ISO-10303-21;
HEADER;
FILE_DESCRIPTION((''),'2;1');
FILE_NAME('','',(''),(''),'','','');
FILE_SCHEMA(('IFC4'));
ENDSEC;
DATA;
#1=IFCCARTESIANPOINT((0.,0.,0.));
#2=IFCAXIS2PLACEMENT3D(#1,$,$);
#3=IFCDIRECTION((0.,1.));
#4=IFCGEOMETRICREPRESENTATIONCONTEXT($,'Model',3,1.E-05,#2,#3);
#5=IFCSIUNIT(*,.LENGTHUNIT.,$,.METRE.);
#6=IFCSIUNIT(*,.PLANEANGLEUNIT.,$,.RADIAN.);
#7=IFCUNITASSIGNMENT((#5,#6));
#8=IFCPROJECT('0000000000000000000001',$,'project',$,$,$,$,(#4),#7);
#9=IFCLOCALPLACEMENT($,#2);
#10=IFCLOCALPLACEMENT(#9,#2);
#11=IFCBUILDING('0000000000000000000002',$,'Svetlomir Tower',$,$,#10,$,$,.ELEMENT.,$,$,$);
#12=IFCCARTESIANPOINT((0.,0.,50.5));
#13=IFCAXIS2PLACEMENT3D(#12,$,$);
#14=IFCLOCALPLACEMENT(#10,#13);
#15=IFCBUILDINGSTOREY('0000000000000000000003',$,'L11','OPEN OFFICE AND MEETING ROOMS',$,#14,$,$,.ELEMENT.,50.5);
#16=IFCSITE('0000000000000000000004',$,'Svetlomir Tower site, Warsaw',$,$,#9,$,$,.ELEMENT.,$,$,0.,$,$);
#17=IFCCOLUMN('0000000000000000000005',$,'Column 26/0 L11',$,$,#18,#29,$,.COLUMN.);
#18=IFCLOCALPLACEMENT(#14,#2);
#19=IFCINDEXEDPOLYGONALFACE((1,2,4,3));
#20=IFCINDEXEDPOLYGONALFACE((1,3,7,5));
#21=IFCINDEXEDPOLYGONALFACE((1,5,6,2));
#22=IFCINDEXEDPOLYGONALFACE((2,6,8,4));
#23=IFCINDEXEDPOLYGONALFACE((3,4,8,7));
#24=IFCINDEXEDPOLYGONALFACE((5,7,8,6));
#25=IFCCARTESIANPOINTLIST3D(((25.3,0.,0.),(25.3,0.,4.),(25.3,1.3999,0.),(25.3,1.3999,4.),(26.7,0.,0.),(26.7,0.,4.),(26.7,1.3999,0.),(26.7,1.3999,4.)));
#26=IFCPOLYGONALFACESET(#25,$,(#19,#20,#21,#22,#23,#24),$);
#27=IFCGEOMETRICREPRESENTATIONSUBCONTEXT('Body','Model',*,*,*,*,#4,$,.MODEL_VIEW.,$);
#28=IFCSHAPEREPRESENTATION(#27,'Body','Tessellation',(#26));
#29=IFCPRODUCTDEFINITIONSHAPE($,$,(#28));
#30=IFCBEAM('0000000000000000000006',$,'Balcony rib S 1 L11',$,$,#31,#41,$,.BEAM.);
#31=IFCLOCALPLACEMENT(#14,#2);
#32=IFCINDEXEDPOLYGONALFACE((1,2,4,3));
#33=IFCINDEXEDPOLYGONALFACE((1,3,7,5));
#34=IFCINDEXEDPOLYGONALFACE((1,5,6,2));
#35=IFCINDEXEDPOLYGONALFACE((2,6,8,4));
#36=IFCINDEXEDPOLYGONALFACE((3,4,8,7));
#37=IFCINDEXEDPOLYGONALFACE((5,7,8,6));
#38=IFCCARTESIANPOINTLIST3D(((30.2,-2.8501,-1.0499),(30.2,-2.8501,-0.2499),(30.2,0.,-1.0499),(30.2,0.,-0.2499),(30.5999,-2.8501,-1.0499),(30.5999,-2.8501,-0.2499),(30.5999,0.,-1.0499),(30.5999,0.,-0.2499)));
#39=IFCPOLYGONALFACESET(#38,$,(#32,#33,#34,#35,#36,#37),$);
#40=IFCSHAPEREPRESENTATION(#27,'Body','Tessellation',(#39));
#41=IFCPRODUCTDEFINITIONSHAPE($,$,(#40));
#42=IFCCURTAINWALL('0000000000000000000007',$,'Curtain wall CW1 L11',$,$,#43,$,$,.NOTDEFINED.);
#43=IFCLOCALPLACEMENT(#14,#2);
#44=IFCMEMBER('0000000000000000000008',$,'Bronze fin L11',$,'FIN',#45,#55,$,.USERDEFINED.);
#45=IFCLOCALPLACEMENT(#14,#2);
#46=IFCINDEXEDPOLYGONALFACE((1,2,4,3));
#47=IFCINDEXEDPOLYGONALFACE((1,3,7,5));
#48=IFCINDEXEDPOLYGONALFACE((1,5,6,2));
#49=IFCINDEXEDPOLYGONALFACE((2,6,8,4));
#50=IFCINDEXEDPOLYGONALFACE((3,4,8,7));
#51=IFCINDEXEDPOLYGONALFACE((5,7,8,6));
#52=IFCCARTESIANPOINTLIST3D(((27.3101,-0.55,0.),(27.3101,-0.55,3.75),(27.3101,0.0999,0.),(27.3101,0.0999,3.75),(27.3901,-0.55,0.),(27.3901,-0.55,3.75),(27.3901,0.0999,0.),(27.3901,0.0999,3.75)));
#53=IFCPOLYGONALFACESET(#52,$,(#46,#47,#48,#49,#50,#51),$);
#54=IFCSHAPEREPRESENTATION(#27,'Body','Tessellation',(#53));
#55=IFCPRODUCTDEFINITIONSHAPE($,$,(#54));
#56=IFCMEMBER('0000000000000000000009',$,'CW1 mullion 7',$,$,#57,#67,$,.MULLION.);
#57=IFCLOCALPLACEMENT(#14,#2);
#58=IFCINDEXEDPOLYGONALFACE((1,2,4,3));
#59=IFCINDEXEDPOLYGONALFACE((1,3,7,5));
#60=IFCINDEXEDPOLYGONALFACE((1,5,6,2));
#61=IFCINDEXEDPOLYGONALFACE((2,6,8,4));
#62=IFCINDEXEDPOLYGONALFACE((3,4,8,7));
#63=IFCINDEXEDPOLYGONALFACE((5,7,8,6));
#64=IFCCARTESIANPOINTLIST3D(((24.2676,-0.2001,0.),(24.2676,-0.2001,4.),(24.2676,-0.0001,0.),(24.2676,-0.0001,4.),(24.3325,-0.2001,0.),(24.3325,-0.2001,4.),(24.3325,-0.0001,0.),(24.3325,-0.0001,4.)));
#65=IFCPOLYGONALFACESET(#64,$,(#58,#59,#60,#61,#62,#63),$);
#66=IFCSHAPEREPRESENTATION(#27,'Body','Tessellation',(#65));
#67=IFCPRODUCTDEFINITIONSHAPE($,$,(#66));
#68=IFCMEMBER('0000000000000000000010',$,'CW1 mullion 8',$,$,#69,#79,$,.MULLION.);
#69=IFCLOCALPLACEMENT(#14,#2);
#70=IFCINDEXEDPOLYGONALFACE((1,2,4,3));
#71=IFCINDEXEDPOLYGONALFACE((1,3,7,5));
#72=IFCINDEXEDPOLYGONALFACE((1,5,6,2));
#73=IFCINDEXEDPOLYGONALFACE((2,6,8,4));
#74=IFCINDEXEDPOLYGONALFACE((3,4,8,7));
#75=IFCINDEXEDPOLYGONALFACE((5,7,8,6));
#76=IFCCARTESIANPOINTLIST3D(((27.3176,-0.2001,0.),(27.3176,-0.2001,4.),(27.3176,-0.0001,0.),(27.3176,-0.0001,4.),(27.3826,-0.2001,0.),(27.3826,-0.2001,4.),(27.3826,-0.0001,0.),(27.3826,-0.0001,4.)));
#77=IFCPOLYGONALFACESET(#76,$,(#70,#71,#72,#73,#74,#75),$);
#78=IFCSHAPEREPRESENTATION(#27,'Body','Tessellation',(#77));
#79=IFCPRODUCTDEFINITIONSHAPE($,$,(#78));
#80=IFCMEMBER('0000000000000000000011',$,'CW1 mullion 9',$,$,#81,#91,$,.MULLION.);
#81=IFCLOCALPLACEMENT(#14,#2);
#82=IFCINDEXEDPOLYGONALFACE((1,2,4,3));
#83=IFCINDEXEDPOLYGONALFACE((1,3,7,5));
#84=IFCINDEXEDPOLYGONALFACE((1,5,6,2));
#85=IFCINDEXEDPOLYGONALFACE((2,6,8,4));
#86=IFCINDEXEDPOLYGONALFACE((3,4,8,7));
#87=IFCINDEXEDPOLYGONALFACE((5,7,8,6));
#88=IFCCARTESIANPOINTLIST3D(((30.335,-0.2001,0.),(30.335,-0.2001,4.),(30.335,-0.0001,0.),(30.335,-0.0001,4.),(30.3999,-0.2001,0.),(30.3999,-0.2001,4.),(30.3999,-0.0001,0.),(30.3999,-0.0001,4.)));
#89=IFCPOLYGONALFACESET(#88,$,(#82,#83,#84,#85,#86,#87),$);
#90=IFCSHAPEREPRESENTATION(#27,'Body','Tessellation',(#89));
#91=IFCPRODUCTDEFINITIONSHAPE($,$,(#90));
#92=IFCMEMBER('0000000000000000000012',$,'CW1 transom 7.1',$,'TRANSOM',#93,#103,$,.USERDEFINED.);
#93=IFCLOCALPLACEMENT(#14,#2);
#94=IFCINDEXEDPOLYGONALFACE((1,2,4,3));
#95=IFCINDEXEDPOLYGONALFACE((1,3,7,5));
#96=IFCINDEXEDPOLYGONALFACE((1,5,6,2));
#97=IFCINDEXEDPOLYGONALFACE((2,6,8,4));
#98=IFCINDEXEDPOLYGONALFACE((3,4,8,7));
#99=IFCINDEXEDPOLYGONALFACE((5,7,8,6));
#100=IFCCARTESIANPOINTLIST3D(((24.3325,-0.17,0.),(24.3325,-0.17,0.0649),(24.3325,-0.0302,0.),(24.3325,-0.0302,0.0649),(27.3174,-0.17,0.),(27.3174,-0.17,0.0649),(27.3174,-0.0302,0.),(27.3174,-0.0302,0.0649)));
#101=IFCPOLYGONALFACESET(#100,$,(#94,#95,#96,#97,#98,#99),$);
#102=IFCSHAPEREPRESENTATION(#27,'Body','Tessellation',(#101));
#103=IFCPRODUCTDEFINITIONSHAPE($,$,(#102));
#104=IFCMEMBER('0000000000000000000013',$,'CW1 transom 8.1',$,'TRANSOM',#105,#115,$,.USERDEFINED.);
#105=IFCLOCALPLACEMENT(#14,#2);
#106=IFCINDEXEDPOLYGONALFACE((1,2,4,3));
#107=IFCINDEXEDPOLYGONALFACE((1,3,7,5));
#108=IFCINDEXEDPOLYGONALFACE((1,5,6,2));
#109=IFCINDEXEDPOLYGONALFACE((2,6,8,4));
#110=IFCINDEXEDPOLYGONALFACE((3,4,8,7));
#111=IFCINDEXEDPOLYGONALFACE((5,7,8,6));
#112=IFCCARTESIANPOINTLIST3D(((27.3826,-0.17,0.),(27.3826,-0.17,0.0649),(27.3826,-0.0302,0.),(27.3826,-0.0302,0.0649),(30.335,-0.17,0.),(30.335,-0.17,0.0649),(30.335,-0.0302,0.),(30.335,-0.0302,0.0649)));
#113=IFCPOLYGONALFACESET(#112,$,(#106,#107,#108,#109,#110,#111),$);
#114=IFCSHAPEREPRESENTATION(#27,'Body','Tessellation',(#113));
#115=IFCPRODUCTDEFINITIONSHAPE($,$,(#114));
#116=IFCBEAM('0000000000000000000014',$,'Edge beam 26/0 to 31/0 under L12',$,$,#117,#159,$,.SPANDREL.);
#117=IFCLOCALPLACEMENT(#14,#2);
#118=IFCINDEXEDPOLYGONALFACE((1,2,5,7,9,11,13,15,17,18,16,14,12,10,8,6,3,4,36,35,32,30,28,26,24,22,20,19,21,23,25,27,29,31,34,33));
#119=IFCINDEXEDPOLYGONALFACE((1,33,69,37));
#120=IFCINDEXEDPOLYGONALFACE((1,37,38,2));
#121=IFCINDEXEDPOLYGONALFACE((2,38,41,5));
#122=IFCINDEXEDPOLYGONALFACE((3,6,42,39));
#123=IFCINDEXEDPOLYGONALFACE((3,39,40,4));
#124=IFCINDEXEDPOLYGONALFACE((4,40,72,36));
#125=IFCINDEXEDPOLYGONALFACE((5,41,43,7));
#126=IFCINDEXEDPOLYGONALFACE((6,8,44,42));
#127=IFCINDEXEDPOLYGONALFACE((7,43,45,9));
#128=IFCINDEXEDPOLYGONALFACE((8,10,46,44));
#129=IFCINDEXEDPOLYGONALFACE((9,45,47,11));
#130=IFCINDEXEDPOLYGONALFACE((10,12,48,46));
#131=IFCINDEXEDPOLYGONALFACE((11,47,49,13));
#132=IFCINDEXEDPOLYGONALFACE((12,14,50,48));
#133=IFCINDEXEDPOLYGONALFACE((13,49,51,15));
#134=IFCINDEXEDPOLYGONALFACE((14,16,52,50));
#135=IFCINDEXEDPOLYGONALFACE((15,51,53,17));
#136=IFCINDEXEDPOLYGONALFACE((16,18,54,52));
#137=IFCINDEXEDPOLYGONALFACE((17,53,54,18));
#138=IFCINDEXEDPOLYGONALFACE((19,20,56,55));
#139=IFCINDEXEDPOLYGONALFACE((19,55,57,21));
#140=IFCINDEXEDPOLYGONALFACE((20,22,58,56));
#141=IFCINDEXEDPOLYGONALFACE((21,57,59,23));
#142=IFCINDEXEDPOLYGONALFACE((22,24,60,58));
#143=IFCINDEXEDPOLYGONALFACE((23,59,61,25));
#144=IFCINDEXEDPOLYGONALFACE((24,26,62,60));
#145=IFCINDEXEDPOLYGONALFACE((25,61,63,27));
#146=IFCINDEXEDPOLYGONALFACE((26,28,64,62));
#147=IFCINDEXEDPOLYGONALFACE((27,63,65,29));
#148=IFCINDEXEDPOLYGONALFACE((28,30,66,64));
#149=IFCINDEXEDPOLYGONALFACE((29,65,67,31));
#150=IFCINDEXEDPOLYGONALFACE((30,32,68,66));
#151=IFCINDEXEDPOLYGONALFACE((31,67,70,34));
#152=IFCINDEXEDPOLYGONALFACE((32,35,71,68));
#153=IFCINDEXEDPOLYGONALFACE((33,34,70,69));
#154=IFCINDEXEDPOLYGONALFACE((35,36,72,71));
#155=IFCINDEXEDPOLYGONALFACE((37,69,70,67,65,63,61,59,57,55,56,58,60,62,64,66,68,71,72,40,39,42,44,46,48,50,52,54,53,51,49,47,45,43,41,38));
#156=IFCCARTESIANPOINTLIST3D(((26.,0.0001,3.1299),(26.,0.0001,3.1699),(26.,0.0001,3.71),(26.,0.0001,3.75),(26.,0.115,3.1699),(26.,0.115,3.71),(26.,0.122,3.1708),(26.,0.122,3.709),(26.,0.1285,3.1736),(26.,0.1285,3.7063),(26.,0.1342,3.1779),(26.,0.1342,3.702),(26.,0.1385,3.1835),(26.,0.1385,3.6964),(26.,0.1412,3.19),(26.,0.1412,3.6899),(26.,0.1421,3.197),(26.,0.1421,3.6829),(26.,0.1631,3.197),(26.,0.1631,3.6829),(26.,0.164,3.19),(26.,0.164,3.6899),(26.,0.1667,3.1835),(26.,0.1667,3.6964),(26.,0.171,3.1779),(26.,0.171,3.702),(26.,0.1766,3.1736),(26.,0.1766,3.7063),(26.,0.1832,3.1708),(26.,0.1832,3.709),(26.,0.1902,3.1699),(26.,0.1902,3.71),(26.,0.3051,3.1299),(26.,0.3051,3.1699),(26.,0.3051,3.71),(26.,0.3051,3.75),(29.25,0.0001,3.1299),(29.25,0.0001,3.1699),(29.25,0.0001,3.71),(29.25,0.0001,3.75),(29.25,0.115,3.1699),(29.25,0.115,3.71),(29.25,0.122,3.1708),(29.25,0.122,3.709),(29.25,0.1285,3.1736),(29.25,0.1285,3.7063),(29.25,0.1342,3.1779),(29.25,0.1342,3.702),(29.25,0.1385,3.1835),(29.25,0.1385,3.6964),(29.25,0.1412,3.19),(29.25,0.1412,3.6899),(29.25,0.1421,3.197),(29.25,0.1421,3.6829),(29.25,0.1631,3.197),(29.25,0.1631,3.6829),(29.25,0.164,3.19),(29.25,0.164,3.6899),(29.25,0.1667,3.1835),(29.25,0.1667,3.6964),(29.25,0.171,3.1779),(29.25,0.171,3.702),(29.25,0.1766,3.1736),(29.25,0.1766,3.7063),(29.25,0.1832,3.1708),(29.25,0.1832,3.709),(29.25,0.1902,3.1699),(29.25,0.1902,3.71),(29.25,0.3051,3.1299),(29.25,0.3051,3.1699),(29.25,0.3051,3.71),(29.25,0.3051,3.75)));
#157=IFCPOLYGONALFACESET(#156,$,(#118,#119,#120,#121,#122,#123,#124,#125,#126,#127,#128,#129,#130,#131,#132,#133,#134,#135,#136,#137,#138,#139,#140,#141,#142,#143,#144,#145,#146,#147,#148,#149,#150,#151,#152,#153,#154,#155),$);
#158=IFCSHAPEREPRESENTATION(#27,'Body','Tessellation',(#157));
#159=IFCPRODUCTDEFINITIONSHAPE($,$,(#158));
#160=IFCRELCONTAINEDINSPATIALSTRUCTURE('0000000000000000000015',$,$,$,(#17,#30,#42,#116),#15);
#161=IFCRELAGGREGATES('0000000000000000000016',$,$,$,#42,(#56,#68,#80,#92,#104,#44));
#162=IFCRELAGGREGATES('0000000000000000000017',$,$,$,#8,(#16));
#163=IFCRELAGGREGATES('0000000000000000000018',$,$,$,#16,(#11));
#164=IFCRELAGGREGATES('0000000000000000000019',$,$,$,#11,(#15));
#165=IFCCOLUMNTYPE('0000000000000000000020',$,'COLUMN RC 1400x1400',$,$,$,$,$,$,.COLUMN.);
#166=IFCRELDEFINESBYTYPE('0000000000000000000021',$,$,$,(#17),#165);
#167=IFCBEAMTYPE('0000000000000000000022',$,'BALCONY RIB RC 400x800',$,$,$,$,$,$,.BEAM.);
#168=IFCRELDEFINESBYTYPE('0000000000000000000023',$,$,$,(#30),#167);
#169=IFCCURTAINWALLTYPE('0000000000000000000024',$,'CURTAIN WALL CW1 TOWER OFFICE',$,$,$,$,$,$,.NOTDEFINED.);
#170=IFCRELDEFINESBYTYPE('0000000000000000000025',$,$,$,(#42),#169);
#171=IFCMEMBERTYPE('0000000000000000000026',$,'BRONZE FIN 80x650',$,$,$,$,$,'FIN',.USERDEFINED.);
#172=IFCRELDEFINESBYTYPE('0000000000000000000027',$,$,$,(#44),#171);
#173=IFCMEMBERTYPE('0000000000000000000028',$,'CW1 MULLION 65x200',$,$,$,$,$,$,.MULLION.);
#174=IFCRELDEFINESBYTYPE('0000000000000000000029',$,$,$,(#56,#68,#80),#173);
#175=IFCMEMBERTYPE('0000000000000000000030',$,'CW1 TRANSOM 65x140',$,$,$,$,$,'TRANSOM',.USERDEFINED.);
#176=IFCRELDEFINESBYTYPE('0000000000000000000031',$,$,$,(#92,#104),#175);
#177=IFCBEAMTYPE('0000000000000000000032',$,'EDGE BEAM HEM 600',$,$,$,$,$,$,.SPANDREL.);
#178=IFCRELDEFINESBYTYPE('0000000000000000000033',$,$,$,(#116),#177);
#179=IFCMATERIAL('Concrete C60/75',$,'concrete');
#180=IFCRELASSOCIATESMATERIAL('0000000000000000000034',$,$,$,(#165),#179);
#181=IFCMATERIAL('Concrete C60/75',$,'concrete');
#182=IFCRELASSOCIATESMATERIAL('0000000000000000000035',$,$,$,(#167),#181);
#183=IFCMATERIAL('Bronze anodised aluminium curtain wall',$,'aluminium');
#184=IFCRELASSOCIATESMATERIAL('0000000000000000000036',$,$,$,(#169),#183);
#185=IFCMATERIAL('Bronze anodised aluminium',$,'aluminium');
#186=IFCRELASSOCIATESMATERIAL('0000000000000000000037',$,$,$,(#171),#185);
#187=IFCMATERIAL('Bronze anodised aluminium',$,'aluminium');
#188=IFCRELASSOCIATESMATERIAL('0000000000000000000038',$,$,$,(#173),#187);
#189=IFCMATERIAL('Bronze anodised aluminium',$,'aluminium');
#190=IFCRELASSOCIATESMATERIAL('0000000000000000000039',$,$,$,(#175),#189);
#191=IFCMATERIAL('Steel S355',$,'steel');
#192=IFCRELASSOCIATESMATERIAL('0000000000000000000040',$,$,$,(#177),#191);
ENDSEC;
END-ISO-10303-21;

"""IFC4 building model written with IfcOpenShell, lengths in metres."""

from ifc_helpers import new_model, si_unit, direction, frame, origin, origin_2d, place, context, subcontext, project, spatial, rectangle, i_section, extrude, material, material_profile, profile_set, type_object, element, aggregate, save


model = new_model("IFC4")

# Units and contexts
model_context = context("Model", 3, precision=1e-05, world=origin(), true_north=direction((0.0, 1.0)))
body_context = subcontext(model_context, "Body", "Model", "MODEL_VIEW")
ifc_project = project(units=[si_unit("LENGTHUNIT", "METRE"), si_unit("PLANEANGLEUNIT", "RADIAN")], contexts=[model_context])

# Site, building, storey
site_placement = place(None, origin())
site = spatial("IfcSite", under=ifc_project, at=site_placement, Name="Svetlomir Tower site, Warsaw", CompositionType="ELEMENT", RefElevation=0.0)
building_placement = place(site_placement, origin())
building = spatial("IfcBuilding", under=site, at=building_placement, Name="Svetlomir Tower", CompositionType="ELEMENT")
storey_placement = place(building_placement, frame((0.0, 0.0, 50.5)))
storey = spatial("IfcBuildingStorey", under=building, at=storey_placement, Name="L11", Description="OPEN OFFICE AND MEETING ROOMS", CompositionType="ELEMENT", Elevation=50.5)

# Column
ifc_material_1 = material(Name="Concrete C60/75", Category="concrete")
ifc_material_profile_1 = material_profile(ifc_material_1, rectangle(XDim=1.3999, YDim=1.3999, at=origin_2d()), Name="RC 1400x1400")
ifc_profile_set_1 = profile_set([ifc_material_profile_1], Name="Concrete C60/75")
column_type = type_object("IfcColumnType", Name="COLUMN RC 1400x1400", PredefinedType="COLUMN", material=ifc_profile_set_1)
column_placement = place(storey_placement, frame((26.0, 0.7, 0.0), z_axis=(0.0, 0.0, 1.0), x_axis=(1.0, 0.0, 0.0)))
element("IfcColumn", 1, at=column_placement, inside=storey, type_object=column_type, Name="Column 26/0 L11", PredefinedType="COLUMN", context=body_context, shape_type="SweptSolid", body=[
    extrude(rectangle(XDim=1.3999, YDim=1.3999, at=origin_2d()), origin(), (0.0, 0.0, 1.0), 4.0),
])

# Beam
ifc_material_2 = material(Name="Concrete C60/75", Category="concrete")
ifc_material_profile_2 = material_profile(ifc_material_2, rectangle(XDim=0.3999, YDim=0.8, at=origin_2d()), Name="RC 400x800")
ifc_profile_set_2 = profile_set([ifc_material_profile_2], Name="Concrete C60/75")
beam_type_1 = type_object("IfcBeamType", Name="BALCONY RIB RC 400x800", PredefinedType="BEAM", material=ifc_profile_set_2)
beam_1_placement = place(storey_placement, frame((30.3999, 0.0, -0.6499), z_axis=(0.0, -1.0, 0.0), x_axis=(1.0, 0.0, 0.0)))
element("IfcBeam", 2, at=beam_1_placement, inside=storey, type_object=beam_type_1, Name="Balcony rib S 1 L11", PredefinedType="BEAM", context=body_context, shape_type="SweptSolid", body=[
    extrude(rectangle(XDim=0.3999, YDim=0.8, at=origin_2d()), origin(), (0.0, 0.0, 1.0), 2.8501),
])

# Curtain wall, members
ifc_material_3 = material(Name="Bronze anodised aluminium curtain wall", Category="aluminium")
curtain_wall_type = type_object("IfcCurtainWallType", Name="CURTAIN WALL CW1 TOWER OFFICE", PredefinedType="NOTDEFINED", material=ifc_material_3)
curtain_wall_placement = place(storey_placement, origin())
curtain_wall = element("IfcCurtainWall", 3, at=curtain_wall_placement, inside=storey, type_object=curtain_wall_type, Name="Curtain wall CW1 L11", PredefinedType="NOTDEFINED")
ifc_material_4 = material(Name="Bronze anodised aluminium", Category="aluminium")
ifc_material_profile_3 = material_profile(ifc_material_4, rectangle(XDim=0.0801, YDim=0.6499, at=origin_2d()), Name="FIN 80x650")
ifc_profile_set_3 = profile_set([ifc_material_profile_3], Name="Bronze anodised aluminium 6063-T6")
member_type_1 = type_object("IfcMemberType", Name="BRONZE FIN 80x650", ElementType="FIN", PredefinedType="USERDEFINED", material=ifc_profile_set_3)
member_1_placement = place(storey_placement, frame((27.3501, -0.2251, 0.0), z_axis=(0.0, 0.0, 1.0), x_axis=(1.0, 0.0, 0.0)))
member_1 = element("IfcMember", 4, at=member_1_placement, type_object=member_type_1, Name="Bronze fin L11", ObjectType="FIN", PredefinedType="USERDEFINED", context=body_context, shape_type="SweptSolid", body=[
    extrude(rectangle(XDim=0.0801, YDim=0.6499, at=origin_2d()), origin(), (0.0, 0.0, 1.0), 3.75),
])
ifc_material_5 = material(Name="Bronze anodised aluminium", Category="aluminium")
ifc_material_profile_4 = material_profile(ifc_material_5, rectangle(XDim=0.0649, YDim=0.2, at=origin_2d()), Name="AL 65x200")
ifc_profile_set_4 = profile_set([ifc_material_profile_4], Name="Bronze anodised aluminium 6063-T6")
member_type_2 = type_object("IfcMemberType", Name="CW1 MULLION 65x200", PredefinedType="MULLION", material=ifc_profile_set_4)
member_2_placement = place(storey_placement, frame((24.3, -0.1001, 0.0), z_axis=(0.0, 0.0, 1.0), x_axis=(1.0, 0.0, 0.0)))
member_2 = element("IfcMember", 5, at=member_2_placement, type_object=member_type_2, Name="CW1 mullion 7", PredefinedType="MULLION", context=body_context, shape_type="SweptSolid", body=[
    extrude(rectangle(XDim=0.0649, YDim=0.2, at=origin_2d()), origin(), (0.0, 0.0, 1.0), 4.0),
])
member_3_placement = place(storey_placement, frame((27.3501, -0.1001, 0.0), z_axis=(0.0, 0.0, 1.0), x_axis=(1.0, 0.0, 0.0)))
member_3 = element("IfcMember", 6, at=member_3_placement, type_object=member_type_2, Name="CW1 mullion 8", PredefinedType="MULLION", context=body_context, shape_type="SweptSolid", body=[
    extrude(rectangle(XDim=0.0649, YDim=0.2, at=origin_2d()), origin(), (0.0, 0.0, 1.0), 4.0),
])
member_4_placement = place(storey_placement, frame((30.3674, -0.1001, 0.0), z_axis=(0.0, 0.0, 1.0), x_axis=(1.0, 0.0, 0.0)))
member_4 = element("IfcMember", 7, at=member_4_placement, type_object=member_type_2, Name="CW1 mullion 9", PredefinedType="MULLION", context=body_context, shape_type="SweptSolid", body=[
    extrude(rectangle(XDim=0.0649, YDim=0.2, at=origin_2d()), origin(), (0.0, 0.0, 1.0), 4.0),
])
ifc_material_6 = material(Name="Bronze anodised aluminium", Category="aluminium")
ifc_material_profile_5 = material_profile(ifc_material_6, rectangle(XDim=0.1399, YDim=0.0649, at=origin_2d()), Name="AL 140x65")
ifc_profile_set_5 = profile_set([ifc_material_profile_5], Name="Bronze anodised aluminium 6063-T6")
member_type_3 = type_object("IfcMemberType", Name="CW1 TRANSOM 65x140", ElementType="TRANSOM", PredefinedType="USERDEFINED", material=ifc_profile_set_5)
member_5_placement = place(storey_placement, frame((24.3325, -0.1001, 0.0325), z_axis=(1.0, 0.0, 0.0), x_axis=(0.0, 1.0, 0.0)))
member_5 = element("IfcMember", 8, at=member_5_placement, type_object=member_type_3, Name="CW1 transom 7.1", ObjectType="TRANSOM", PredefinedType="USERDEFINED", context=body_context, shape_type="SweptSolid", body=[
    extrude(rectangle(XDim=0.1399, YDim=0.0649, at=origin_2d()), origin(), (0.0, 0.0, 1.0), 2.9849),
])
member_6_placement = place(storey_placement, frame((27.3826, -0.1001, 0.0325), z_axis=(1.0, 0.0, 0.0), x_axis=(0.0, 1.0, 0.0)))
member_6 = element("IfcMember", 9, at=member_6_placement, type_object=member_type_3, Name="CW1 transom 8.1", ObjectType="TRANSOM", PredefinedType="USERDEFINED", context=body_context, shape_type="SweptSolid", body=[
    extrude(rectangle(XDim=0.1399, YDim=0.0649, at=origin_2d()), origin(), (0.0, 0.0, 1.0), 2.9524),
])

# Beam
ifc_material_7 = material(Name="Steel S355", Category="steel")
ifc_material_profile_6 = material_profile(ifc_material_7, i_section(OverallWidth=0.3049, OverallDepth=0.6201, WebThickness=0.021, FlangeThickness=0.04, FilletRadius=0.0271, at=origin_2d()), Name="HEM 600")
ifc_profile_set_6 = profile_set([ifc_material_profile_6], Name="Steel S355")
beam_type_2 = type_object("IfcBeamType", Name="EDGE BEAM HEM 600", PredefinedType="SPANDREL", material=ifc_profile_set_6)
beam_2_placement = place(storey_placement, frame((26.0, 0.1526, 3.4399), z_axis=(1.0, 0.0, 0.0), x_axis=(0.0, 1.0, 0.0)))
element("IfcBeam", 10, at=beam_2_placement, inside=storey, type_object=beam_type_2, Name="Edge beam 26/0 to 31/0 under L12", PredefinedType="SPANDREL", context=body_context, shape_type="SweptSolid", body=[
    extrude(i_section(OverallWidth=0.3049, OverallDepth=0.6201, WebThickness=0.021, FlangeThickness=0.04, FilletRadius=0.0271, at=origin_2d()), origin(), (0.0, 0.0, 1.0), 3.25),
])

aggregate(curtain_wall, [member_2, member_3, member_4, member_5, member_6, member_1])

save(model, "model.ifc")
